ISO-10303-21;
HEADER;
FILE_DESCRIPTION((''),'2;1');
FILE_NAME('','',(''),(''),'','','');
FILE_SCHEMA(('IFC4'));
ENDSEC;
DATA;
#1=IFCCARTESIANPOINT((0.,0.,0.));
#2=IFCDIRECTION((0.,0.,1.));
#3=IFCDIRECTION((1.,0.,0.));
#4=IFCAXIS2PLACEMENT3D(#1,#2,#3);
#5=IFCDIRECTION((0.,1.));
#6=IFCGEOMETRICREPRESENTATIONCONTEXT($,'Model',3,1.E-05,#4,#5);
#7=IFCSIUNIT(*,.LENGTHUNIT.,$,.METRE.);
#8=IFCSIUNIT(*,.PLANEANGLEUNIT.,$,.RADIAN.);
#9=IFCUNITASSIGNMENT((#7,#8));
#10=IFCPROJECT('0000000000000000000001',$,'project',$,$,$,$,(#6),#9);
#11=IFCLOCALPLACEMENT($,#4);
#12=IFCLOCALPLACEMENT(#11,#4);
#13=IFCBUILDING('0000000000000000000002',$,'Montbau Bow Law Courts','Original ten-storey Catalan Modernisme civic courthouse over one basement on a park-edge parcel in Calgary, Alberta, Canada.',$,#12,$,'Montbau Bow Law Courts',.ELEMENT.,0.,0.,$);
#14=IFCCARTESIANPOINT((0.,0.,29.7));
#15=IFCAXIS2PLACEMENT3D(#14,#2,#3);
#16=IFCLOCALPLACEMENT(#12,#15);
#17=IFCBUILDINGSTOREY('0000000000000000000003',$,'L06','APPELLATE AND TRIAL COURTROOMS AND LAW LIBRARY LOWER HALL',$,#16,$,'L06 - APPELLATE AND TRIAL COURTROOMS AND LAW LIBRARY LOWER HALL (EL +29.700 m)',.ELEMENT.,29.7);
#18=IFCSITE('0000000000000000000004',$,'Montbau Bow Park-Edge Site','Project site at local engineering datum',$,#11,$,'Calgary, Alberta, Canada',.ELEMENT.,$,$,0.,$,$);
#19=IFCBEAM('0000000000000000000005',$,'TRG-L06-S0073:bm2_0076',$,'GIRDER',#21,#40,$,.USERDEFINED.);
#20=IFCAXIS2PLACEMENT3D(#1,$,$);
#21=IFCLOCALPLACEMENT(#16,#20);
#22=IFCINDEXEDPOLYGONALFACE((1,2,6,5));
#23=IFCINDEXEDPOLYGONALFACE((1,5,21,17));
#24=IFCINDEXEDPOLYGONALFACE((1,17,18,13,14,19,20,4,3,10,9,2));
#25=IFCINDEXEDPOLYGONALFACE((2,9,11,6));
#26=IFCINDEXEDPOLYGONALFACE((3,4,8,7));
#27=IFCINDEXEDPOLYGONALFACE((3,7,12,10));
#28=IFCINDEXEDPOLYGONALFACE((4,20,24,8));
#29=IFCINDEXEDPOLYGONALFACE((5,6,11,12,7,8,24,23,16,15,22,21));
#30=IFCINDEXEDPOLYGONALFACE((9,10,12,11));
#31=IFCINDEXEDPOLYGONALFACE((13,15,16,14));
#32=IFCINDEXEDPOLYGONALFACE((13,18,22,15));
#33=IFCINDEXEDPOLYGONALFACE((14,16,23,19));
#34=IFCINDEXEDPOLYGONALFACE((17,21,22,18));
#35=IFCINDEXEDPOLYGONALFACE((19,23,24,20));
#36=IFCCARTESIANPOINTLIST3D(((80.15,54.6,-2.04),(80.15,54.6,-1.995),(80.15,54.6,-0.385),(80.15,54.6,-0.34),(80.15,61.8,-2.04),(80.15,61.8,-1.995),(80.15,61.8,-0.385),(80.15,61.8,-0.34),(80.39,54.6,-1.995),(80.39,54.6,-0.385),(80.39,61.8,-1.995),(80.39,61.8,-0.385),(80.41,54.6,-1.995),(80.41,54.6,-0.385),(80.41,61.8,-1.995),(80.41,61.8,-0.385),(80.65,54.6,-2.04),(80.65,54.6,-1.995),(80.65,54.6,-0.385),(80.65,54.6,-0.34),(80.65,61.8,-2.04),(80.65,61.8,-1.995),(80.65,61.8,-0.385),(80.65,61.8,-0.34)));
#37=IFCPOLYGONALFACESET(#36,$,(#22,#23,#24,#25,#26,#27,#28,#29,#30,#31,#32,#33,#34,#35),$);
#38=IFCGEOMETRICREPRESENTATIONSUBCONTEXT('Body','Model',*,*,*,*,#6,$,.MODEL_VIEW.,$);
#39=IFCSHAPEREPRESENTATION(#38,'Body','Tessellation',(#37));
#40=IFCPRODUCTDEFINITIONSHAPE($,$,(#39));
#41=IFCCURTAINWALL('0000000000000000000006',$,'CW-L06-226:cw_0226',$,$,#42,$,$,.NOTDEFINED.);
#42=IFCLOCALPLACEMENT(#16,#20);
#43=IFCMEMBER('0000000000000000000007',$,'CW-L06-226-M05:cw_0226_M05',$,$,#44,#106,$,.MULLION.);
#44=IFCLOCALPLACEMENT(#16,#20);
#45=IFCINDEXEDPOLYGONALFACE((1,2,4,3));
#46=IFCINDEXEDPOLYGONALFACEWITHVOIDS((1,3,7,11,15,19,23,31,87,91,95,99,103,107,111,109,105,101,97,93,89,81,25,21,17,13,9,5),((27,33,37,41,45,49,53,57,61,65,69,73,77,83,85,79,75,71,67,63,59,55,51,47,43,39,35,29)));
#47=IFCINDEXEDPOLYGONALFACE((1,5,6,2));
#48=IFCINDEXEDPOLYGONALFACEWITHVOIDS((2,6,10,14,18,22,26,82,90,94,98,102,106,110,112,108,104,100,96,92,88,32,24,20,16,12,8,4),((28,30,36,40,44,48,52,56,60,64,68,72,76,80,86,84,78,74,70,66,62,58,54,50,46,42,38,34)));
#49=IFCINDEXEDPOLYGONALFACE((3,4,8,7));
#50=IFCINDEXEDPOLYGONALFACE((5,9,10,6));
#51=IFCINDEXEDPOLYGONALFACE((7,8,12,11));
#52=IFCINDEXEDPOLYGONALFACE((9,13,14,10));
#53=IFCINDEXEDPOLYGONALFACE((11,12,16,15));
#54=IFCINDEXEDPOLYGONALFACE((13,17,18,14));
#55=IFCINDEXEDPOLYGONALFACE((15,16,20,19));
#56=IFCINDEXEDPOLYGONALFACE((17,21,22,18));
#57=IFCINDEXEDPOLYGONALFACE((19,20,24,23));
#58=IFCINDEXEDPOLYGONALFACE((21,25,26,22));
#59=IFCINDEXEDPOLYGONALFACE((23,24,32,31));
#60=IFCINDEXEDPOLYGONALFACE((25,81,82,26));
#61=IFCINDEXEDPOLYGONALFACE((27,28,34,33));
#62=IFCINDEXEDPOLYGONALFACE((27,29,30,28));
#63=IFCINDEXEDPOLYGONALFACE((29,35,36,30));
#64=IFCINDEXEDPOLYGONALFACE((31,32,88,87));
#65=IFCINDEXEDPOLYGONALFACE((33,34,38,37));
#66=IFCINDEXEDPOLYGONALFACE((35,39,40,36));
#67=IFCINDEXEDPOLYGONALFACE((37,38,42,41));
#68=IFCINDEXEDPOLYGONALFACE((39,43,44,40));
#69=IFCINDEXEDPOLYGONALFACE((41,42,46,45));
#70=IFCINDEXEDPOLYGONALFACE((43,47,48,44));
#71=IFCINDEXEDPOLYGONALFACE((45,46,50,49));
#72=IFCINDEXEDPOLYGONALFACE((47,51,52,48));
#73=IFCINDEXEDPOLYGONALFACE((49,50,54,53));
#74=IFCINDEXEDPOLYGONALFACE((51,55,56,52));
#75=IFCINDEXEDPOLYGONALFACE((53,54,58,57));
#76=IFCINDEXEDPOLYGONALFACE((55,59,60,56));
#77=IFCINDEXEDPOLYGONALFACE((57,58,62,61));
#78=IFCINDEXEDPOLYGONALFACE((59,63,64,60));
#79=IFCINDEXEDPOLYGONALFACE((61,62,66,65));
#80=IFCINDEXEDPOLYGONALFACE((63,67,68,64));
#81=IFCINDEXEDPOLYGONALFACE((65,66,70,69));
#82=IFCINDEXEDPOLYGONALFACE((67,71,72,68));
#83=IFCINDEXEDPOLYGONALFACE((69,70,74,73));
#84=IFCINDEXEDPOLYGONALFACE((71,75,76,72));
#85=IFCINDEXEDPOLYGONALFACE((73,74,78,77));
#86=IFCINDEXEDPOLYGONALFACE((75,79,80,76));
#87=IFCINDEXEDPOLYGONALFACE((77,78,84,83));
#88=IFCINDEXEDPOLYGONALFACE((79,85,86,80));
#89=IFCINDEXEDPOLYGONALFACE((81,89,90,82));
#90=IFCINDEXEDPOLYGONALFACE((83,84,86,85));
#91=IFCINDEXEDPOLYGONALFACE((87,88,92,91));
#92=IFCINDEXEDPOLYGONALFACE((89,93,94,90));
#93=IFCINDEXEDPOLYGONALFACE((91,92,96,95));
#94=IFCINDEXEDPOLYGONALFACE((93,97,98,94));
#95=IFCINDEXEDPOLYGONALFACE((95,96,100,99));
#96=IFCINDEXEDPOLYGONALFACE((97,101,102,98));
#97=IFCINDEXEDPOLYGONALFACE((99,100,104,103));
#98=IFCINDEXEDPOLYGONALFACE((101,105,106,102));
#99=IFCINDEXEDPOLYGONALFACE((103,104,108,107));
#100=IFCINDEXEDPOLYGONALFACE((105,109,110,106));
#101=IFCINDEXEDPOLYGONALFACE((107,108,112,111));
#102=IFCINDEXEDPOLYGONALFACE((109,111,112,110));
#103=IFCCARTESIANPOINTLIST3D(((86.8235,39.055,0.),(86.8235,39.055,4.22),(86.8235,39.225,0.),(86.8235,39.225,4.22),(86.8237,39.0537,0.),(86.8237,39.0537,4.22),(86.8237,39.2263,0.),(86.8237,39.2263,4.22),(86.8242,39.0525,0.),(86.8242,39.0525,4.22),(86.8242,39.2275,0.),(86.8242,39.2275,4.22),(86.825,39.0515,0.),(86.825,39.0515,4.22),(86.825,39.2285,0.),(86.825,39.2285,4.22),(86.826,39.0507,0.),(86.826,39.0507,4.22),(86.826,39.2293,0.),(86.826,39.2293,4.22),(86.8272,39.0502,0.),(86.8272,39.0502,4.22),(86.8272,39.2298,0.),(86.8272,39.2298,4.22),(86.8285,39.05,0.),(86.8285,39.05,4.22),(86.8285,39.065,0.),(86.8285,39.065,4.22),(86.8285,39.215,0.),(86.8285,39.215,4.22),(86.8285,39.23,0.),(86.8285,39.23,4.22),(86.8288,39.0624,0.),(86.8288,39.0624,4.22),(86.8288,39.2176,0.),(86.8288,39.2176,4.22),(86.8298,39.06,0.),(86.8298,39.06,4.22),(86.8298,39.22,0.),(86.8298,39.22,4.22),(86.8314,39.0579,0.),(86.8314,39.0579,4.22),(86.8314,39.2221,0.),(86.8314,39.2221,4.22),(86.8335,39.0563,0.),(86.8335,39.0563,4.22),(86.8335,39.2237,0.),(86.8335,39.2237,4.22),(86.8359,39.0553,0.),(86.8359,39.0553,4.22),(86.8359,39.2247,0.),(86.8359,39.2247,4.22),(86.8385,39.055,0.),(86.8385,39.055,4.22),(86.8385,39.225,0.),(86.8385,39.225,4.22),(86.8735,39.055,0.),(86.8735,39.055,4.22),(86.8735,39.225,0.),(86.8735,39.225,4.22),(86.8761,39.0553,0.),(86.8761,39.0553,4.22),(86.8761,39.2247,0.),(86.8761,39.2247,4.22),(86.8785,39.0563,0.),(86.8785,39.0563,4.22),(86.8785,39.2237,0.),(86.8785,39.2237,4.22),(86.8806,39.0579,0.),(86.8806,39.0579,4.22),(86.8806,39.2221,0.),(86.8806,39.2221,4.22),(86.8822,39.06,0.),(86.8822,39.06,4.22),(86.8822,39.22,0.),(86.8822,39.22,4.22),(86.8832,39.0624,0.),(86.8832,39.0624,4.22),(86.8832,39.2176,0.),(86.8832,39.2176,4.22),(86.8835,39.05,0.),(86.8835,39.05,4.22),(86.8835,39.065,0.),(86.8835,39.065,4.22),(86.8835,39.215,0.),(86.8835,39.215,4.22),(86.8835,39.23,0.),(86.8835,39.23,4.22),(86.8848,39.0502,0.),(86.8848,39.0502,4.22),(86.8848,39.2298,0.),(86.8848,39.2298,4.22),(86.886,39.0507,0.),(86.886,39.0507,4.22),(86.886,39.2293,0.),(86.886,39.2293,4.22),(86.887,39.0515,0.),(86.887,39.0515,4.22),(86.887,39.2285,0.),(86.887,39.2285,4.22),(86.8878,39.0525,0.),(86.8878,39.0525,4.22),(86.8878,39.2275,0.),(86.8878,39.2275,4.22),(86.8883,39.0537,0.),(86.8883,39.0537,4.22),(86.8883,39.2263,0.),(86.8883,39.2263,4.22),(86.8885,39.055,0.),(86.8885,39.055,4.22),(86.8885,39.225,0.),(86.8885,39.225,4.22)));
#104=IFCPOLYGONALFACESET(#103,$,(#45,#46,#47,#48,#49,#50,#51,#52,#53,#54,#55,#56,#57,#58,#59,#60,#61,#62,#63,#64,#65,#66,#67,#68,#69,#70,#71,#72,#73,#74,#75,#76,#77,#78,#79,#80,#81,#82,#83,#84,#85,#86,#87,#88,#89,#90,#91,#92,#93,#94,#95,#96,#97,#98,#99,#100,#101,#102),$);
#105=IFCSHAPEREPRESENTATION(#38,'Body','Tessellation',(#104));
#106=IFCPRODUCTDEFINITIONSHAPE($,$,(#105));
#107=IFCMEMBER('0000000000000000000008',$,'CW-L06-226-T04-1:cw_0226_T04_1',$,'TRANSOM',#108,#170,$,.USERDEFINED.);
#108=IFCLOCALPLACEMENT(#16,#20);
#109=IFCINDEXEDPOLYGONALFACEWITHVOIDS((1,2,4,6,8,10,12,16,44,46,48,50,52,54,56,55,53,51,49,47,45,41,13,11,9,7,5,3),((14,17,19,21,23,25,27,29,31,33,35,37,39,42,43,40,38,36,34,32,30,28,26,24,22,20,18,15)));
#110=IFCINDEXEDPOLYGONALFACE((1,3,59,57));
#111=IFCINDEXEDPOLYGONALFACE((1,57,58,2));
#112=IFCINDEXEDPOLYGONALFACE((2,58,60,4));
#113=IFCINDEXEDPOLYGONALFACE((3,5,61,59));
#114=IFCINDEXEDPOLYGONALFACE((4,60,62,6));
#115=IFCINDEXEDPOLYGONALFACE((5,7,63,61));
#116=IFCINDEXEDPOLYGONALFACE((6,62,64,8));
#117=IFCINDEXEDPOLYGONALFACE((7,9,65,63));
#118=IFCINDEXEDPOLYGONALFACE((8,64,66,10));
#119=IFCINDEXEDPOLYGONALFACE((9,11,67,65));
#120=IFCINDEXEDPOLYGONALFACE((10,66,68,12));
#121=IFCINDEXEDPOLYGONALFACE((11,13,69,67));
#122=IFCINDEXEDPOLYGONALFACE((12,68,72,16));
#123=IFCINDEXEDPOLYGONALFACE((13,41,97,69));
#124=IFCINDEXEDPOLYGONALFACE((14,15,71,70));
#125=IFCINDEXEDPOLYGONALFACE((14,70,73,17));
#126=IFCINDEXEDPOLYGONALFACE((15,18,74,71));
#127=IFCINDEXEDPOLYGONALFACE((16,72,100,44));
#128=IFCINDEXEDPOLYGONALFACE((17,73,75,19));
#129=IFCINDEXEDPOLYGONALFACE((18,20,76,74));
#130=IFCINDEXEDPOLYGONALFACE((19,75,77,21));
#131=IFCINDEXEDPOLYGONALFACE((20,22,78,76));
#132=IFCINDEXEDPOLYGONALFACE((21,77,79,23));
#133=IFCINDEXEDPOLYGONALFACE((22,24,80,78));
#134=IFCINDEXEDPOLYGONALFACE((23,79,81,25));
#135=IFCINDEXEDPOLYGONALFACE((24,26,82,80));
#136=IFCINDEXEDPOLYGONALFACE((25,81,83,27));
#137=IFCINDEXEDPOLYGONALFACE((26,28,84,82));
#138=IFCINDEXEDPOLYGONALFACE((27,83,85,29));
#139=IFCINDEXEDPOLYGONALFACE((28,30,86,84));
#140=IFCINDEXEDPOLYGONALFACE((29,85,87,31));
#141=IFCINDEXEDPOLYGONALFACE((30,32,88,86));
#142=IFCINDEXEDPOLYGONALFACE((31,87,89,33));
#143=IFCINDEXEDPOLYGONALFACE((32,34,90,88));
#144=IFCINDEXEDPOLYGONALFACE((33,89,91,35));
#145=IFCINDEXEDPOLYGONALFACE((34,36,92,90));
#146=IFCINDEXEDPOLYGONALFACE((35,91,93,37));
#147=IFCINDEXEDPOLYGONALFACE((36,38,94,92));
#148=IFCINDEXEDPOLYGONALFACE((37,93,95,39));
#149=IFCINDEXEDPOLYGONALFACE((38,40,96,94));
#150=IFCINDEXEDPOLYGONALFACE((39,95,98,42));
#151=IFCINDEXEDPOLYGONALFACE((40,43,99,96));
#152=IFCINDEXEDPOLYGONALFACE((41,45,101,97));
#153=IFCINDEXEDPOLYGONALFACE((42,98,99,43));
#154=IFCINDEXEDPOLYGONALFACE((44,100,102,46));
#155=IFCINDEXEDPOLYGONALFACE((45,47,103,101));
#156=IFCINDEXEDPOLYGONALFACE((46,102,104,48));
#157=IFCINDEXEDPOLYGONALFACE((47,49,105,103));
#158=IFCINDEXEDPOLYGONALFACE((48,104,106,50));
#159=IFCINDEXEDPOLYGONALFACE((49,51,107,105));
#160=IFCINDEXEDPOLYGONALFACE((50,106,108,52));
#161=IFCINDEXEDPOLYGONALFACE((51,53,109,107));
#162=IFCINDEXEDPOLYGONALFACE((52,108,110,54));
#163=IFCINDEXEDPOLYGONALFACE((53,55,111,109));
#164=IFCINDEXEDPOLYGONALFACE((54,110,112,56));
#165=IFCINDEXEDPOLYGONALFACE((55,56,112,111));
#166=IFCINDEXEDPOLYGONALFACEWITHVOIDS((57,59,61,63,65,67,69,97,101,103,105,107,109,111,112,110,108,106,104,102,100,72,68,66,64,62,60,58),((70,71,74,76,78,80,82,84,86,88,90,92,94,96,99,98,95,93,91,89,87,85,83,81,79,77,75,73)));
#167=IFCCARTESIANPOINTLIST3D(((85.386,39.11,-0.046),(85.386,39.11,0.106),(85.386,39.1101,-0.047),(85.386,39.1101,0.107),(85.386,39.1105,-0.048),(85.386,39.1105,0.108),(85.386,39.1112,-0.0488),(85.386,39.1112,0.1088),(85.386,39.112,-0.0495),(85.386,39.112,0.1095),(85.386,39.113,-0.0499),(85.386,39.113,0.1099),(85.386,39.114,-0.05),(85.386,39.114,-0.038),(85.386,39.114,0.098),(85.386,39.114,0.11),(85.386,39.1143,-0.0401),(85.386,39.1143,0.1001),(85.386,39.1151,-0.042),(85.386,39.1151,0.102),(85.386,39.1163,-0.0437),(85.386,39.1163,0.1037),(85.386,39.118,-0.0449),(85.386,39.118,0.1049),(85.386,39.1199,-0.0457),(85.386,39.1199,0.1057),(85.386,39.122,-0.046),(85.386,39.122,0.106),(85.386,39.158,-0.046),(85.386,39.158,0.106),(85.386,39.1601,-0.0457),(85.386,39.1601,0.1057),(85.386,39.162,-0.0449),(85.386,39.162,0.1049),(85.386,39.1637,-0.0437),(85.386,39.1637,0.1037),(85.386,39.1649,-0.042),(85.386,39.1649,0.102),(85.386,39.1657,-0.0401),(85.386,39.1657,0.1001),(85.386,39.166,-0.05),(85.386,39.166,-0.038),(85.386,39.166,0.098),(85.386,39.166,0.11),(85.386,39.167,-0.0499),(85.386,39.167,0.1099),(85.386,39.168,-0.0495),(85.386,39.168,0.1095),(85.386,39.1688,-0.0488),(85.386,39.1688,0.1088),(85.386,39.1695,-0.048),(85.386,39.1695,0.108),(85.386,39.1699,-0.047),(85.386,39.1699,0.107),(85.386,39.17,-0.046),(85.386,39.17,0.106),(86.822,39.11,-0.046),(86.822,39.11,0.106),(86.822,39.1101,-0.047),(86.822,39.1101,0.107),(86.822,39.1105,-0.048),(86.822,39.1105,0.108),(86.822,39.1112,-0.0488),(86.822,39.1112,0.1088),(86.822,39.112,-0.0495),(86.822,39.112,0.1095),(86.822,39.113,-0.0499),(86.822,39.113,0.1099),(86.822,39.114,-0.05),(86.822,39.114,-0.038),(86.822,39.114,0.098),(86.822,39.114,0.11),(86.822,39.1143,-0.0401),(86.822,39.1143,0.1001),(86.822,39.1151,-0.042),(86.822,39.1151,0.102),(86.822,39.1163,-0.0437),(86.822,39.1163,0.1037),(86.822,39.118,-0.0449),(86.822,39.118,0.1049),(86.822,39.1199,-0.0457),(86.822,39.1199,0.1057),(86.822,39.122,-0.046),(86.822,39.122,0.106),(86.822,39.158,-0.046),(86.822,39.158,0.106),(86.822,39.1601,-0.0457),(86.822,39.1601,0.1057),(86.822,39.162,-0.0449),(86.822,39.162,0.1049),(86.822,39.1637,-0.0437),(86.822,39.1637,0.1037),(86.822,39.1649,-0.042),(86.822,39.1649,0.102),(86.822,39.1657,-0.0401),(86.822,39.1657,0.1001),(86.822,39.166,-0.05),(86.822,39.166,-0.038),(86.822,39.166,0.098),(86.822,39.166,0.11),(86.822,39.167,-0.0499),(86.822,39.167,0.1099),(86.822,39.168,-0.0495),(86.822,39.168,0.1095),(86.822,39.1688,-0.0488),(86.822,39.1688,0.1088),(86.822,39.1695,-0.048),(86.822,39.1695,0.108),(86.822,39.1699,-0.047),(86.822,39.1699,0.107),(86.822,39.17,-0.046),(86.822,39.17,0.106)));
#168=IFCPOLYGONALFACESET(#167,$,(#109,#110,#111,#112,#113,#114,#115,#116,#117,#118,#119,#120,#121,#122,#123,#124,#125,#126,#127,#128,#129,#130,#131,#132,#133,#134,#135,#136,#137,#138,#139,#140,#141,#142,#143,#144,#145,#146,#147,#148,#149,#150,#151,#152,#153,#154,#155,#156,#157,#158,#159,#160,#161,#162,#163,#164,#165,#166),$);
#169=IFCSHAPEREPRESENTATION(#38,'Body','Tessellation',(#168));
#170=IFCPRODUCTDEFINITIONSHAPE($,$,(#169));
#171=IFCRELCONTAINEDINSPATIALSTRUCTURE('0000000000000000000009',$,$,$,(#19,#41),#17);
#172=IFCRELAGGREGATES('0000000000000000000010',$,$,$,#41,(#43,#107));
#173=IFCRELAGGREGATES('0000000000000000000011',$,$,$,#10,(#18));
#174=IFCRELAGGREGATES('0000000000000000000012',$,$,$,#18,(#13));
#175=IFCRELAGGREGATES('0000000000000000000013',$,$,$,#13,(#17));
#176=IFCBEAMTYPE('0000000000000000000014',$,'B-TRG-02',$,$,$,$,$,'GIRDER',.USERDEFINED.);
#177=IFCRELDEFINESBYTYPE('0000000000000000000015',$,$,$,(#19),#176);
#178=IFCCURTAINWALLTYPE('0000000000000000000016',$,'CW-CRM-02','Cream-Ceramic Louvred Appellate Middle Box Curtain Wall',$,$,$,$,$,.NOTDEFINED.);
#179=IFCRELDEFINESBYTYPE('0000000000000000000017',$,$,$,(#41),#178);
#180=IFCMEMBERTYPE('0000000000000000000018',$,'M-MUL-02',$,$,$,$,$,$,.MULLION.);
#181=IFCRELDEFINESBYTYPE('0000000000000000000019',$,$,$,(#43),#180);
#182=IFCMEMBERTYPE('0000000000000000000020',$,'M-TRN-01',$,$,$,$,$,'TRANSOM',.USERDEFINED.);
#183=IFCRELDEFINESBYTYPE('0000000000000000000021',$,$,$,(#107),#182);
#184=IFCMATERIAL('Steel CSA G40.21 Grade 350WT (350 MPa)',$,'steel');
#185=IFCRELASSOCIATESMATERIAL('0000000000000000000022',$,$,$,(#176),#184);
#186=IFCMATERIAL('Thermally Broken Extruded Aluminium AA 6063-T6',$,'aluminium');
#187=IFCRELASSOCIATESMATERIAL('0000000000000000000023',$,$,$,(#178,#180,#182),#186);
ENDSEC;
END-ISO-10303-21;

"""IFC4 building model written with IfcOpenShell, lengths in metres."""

from ifc_helpers import new_model, si_unit, direction, frame, origin_with_axes, origin_2d_with_axis, place, context, subcontext, project, spatial, hollow_rectangle, i_section, extrude, material, material_profile, profile_set, type_object, element, aggregate, save


model = new_model("IFC4")

# Units and contexts
model_context = context("Model", 3, precision=1e-05, world=origin_with_axes(), true_north=direction((0.0, 1.0)))
body_context = subcontext(model_context, "Body", "Model", "MODEL_VIEW")
ifc_project = project(units=[si_unit("LENGTHUNIT", "METRE"), si_unit("PLANEANGLEUNIT", "RADIAN")], contexts=[model_context])

# Site, building, storey
site_placement = place(None, origin_with_axes())
site = spatial("IfcSite", under=ifc_project, at=site_placement, Name="Montbau Bow Park-Edge Site", Description="Project site at local engineering datum", LongName="Calgary, Alberta, Canada", CompositionType="ELEMENT", RefElevation=0.0)
building_placement = place(site_placement, origin_with_axes())
building = spatial("IfcBuilding", under=site, at=building_placement, Name="Montbau Bow Law Courts", Description="Original ten-storey Catalan Modernisme civic courthouse over one basement on a park-edge parcel in Calgary, Alberta, Canada.", LongName="Montbau Bow Law Courts", CompositionType="ELEMENT", ElevationOfRefHeight=0.0, ElevationOfTerrain=0.0)
storey_placement = place(building_placement, frame((0.0, 0.0, 29.7), z_axis=(0.0, 0.0, 1.0), x_axis=(1.0, 0.0, 0.0)))
storey = spatial("IfcBuildingStorey", under=building, at=storey_placement, Name="L06", Description="APPELLATE AND TRIAL COURTROOMS AND LAW LIBRARY LOWER HALL", LongName="L06 - APPELLATE AND TRIAL COURTROOMS AND LAW LIBRARY LOWER HALL (EL +29.700 m)", CompositionType="ELEMENT", Elevation=29.7)

# Beam
ifc_material_1 = material(Name="Steel CSA G40.21 Grade 350WT (350 MPa)", Category="steel")
ifc_material_profile_1 = material_profile(ifc_material_1, i_section(OverallWidth=0.5, OverallDepth=1.7, WebThickness=0.02, FlangeThickness=0.045, at=origin_2d_with_axis()), Name="WWF1700X480", Category="Main", Priority=0)
ifc_profile_set_1 = profile_set([ifc_material_profile_1], Name="Steel CSA G40.21 Grade 350WT (350 MPa)")
beam_type_1 = type_object("IfcBeamType", Name="B-TRG-02", ElementType="GIRDER", PredefinedType="USERDEFINED", material=ifc_profile_set_1)
beam_1_placement = place(None, frame((80.4, 54.6, 28.51), z_axis=(0.0, 1.0, 0.0), x_axis=(-1.0, 0.0, 0.0)))
element("IfcBeam", 1, at=beam_1_placement, inside=storey, type_object=beam_type_1, Name="TRG-L06-S0073:bm2_0076", ObjectType="GIRDER", PredefinedType="USERDEFINED", context=body_context, shape_type="SweptSolid", body=[
    extrude(i_section(OverallWidth=0.5, OverallDepth=1.7, WebThickness=0.02, FlangeThickness=0.045, at=origin_2d_with_axis()), origin_with_axes(), (0.0, 0.0, 1.0), 7.2),
])

# Curtain wall, members
ifc_material_2 = material(Name="Thermally Broken Extruded Aluminium AA 6063-T6", Category="aluminium")
curtain_wall_type = type_object("IfcCurtainWallType", Name="CW-CRM-02", Description="Cream-Ceramic Louvred Appellate Middle Box Curtain Wall", PredefinedType="NOTDEFINED", material=ifc_material_2)
curtain_wall_placement = place(None, frame((80.84, 39.14, 29.7), z_axis=(0.0, 0.0, 1.0), x_axis=(1.0, 0.0, 0.0)))
curtain_wall = element("IfcCurtainWall", 2, at=curtain_wall_placement, inside=storey, type_object=curtain_wall_type, Name="CW-L06-226:cw_0226", PredefinedType="NOTDEFINED")
ifc_material_profile_2 = material_profile(ifc_material_2, hollow_rectangle(XDim=0.065, YDim=0.18, WallThickness=0.005, InnerFilletRadius=0.01, OuterFilletRadius=0.005, at=origin_2d_with_axis()), Name="CWM-180X65", Category="Main", Priority=0)
ifc_profile_set_2 = profile_set([ifc_material_profile_2], Name="Thermally Broken Extruded Aluminium AA 6063-T6")
member_type_1 = type_object("IfcMemberType", Name="M-MUL-02", PredefinedType="MULLION", material=ifc_profile_set_2)
member_1_placement = place(None, frame((86.856, 39.14, 29.7), z_axis=(0.0, 0.0, 1.0), x_axis=(1.0, 0.0, 0.0)))
member_1 = element("IfcMember", 3, at=member_1_placement, type_object=member_type_1, Name="CW-L06-226-M05:cw_0226_M05", PredefinedType="MULLION", context=body_context, shape_type="SweptSolid", body=[
    extrude(hollow_rectangle(XDim=0.065, YDim=0.18, WallThickness=0.005, InnerFilletRadius=0.01, OuterFilletRadius=0.005, at=origin_2d_with_axis()), origin_with_axes(), (0.0, 0.0, 1.0), 4.22),
])
ifc_material_profile_3 = material_profile(ifc_material_2, hollow_rectangle(XDim=0.06, YDim=0.16, WallThickness=0.004, InnerFilletRadius=0.008, OuterFilletRadius=0.004, at=origin_2d_with_axis()), Name="CWT-160X60", Category="Main", Priority=0)
ifc_profile_set_3 = profile_set([ifc_material_profile_3], Name="Thermally Broken Extruded Aluminium AA 6063-T6")
member_type_2 = type_object("IfcMemberType", Name="M-TRN-01", ElementType="TRANSOM", PredefinedType="USERDEFINED", material=ifc_profile_set_3)
member_2_placement = place(None, frame((85.386, 39.14, 29.73), z_axis=(1.0, 0.0, 0.0), x_axis=(0.0, 1.0, 0.0)))
member_2 = element("IfcMember", 4, at=member_2_placement, type_object=member_type_2, Name="CW-L06-226-T04-1:cw_0226_T04_1", ObjectType="TRANSOM", PredefinedType="USERDEFINED", context=body_context, shape_type="SweptSolid", body=[
    extrude(hollow_rectangle(XDim=0.06, YDim=0.16, WallThickness=0.004, InnerFilletRadius=0.008, OuterFilletRadius=0.004, at=origin_2d_with_axis()), origin_with_axes(), (0.0, 0.0, 1.0), 1.436),
])
aggregate(curtain_wall, [member_1, member_2])

save(model, "model.ifc")
